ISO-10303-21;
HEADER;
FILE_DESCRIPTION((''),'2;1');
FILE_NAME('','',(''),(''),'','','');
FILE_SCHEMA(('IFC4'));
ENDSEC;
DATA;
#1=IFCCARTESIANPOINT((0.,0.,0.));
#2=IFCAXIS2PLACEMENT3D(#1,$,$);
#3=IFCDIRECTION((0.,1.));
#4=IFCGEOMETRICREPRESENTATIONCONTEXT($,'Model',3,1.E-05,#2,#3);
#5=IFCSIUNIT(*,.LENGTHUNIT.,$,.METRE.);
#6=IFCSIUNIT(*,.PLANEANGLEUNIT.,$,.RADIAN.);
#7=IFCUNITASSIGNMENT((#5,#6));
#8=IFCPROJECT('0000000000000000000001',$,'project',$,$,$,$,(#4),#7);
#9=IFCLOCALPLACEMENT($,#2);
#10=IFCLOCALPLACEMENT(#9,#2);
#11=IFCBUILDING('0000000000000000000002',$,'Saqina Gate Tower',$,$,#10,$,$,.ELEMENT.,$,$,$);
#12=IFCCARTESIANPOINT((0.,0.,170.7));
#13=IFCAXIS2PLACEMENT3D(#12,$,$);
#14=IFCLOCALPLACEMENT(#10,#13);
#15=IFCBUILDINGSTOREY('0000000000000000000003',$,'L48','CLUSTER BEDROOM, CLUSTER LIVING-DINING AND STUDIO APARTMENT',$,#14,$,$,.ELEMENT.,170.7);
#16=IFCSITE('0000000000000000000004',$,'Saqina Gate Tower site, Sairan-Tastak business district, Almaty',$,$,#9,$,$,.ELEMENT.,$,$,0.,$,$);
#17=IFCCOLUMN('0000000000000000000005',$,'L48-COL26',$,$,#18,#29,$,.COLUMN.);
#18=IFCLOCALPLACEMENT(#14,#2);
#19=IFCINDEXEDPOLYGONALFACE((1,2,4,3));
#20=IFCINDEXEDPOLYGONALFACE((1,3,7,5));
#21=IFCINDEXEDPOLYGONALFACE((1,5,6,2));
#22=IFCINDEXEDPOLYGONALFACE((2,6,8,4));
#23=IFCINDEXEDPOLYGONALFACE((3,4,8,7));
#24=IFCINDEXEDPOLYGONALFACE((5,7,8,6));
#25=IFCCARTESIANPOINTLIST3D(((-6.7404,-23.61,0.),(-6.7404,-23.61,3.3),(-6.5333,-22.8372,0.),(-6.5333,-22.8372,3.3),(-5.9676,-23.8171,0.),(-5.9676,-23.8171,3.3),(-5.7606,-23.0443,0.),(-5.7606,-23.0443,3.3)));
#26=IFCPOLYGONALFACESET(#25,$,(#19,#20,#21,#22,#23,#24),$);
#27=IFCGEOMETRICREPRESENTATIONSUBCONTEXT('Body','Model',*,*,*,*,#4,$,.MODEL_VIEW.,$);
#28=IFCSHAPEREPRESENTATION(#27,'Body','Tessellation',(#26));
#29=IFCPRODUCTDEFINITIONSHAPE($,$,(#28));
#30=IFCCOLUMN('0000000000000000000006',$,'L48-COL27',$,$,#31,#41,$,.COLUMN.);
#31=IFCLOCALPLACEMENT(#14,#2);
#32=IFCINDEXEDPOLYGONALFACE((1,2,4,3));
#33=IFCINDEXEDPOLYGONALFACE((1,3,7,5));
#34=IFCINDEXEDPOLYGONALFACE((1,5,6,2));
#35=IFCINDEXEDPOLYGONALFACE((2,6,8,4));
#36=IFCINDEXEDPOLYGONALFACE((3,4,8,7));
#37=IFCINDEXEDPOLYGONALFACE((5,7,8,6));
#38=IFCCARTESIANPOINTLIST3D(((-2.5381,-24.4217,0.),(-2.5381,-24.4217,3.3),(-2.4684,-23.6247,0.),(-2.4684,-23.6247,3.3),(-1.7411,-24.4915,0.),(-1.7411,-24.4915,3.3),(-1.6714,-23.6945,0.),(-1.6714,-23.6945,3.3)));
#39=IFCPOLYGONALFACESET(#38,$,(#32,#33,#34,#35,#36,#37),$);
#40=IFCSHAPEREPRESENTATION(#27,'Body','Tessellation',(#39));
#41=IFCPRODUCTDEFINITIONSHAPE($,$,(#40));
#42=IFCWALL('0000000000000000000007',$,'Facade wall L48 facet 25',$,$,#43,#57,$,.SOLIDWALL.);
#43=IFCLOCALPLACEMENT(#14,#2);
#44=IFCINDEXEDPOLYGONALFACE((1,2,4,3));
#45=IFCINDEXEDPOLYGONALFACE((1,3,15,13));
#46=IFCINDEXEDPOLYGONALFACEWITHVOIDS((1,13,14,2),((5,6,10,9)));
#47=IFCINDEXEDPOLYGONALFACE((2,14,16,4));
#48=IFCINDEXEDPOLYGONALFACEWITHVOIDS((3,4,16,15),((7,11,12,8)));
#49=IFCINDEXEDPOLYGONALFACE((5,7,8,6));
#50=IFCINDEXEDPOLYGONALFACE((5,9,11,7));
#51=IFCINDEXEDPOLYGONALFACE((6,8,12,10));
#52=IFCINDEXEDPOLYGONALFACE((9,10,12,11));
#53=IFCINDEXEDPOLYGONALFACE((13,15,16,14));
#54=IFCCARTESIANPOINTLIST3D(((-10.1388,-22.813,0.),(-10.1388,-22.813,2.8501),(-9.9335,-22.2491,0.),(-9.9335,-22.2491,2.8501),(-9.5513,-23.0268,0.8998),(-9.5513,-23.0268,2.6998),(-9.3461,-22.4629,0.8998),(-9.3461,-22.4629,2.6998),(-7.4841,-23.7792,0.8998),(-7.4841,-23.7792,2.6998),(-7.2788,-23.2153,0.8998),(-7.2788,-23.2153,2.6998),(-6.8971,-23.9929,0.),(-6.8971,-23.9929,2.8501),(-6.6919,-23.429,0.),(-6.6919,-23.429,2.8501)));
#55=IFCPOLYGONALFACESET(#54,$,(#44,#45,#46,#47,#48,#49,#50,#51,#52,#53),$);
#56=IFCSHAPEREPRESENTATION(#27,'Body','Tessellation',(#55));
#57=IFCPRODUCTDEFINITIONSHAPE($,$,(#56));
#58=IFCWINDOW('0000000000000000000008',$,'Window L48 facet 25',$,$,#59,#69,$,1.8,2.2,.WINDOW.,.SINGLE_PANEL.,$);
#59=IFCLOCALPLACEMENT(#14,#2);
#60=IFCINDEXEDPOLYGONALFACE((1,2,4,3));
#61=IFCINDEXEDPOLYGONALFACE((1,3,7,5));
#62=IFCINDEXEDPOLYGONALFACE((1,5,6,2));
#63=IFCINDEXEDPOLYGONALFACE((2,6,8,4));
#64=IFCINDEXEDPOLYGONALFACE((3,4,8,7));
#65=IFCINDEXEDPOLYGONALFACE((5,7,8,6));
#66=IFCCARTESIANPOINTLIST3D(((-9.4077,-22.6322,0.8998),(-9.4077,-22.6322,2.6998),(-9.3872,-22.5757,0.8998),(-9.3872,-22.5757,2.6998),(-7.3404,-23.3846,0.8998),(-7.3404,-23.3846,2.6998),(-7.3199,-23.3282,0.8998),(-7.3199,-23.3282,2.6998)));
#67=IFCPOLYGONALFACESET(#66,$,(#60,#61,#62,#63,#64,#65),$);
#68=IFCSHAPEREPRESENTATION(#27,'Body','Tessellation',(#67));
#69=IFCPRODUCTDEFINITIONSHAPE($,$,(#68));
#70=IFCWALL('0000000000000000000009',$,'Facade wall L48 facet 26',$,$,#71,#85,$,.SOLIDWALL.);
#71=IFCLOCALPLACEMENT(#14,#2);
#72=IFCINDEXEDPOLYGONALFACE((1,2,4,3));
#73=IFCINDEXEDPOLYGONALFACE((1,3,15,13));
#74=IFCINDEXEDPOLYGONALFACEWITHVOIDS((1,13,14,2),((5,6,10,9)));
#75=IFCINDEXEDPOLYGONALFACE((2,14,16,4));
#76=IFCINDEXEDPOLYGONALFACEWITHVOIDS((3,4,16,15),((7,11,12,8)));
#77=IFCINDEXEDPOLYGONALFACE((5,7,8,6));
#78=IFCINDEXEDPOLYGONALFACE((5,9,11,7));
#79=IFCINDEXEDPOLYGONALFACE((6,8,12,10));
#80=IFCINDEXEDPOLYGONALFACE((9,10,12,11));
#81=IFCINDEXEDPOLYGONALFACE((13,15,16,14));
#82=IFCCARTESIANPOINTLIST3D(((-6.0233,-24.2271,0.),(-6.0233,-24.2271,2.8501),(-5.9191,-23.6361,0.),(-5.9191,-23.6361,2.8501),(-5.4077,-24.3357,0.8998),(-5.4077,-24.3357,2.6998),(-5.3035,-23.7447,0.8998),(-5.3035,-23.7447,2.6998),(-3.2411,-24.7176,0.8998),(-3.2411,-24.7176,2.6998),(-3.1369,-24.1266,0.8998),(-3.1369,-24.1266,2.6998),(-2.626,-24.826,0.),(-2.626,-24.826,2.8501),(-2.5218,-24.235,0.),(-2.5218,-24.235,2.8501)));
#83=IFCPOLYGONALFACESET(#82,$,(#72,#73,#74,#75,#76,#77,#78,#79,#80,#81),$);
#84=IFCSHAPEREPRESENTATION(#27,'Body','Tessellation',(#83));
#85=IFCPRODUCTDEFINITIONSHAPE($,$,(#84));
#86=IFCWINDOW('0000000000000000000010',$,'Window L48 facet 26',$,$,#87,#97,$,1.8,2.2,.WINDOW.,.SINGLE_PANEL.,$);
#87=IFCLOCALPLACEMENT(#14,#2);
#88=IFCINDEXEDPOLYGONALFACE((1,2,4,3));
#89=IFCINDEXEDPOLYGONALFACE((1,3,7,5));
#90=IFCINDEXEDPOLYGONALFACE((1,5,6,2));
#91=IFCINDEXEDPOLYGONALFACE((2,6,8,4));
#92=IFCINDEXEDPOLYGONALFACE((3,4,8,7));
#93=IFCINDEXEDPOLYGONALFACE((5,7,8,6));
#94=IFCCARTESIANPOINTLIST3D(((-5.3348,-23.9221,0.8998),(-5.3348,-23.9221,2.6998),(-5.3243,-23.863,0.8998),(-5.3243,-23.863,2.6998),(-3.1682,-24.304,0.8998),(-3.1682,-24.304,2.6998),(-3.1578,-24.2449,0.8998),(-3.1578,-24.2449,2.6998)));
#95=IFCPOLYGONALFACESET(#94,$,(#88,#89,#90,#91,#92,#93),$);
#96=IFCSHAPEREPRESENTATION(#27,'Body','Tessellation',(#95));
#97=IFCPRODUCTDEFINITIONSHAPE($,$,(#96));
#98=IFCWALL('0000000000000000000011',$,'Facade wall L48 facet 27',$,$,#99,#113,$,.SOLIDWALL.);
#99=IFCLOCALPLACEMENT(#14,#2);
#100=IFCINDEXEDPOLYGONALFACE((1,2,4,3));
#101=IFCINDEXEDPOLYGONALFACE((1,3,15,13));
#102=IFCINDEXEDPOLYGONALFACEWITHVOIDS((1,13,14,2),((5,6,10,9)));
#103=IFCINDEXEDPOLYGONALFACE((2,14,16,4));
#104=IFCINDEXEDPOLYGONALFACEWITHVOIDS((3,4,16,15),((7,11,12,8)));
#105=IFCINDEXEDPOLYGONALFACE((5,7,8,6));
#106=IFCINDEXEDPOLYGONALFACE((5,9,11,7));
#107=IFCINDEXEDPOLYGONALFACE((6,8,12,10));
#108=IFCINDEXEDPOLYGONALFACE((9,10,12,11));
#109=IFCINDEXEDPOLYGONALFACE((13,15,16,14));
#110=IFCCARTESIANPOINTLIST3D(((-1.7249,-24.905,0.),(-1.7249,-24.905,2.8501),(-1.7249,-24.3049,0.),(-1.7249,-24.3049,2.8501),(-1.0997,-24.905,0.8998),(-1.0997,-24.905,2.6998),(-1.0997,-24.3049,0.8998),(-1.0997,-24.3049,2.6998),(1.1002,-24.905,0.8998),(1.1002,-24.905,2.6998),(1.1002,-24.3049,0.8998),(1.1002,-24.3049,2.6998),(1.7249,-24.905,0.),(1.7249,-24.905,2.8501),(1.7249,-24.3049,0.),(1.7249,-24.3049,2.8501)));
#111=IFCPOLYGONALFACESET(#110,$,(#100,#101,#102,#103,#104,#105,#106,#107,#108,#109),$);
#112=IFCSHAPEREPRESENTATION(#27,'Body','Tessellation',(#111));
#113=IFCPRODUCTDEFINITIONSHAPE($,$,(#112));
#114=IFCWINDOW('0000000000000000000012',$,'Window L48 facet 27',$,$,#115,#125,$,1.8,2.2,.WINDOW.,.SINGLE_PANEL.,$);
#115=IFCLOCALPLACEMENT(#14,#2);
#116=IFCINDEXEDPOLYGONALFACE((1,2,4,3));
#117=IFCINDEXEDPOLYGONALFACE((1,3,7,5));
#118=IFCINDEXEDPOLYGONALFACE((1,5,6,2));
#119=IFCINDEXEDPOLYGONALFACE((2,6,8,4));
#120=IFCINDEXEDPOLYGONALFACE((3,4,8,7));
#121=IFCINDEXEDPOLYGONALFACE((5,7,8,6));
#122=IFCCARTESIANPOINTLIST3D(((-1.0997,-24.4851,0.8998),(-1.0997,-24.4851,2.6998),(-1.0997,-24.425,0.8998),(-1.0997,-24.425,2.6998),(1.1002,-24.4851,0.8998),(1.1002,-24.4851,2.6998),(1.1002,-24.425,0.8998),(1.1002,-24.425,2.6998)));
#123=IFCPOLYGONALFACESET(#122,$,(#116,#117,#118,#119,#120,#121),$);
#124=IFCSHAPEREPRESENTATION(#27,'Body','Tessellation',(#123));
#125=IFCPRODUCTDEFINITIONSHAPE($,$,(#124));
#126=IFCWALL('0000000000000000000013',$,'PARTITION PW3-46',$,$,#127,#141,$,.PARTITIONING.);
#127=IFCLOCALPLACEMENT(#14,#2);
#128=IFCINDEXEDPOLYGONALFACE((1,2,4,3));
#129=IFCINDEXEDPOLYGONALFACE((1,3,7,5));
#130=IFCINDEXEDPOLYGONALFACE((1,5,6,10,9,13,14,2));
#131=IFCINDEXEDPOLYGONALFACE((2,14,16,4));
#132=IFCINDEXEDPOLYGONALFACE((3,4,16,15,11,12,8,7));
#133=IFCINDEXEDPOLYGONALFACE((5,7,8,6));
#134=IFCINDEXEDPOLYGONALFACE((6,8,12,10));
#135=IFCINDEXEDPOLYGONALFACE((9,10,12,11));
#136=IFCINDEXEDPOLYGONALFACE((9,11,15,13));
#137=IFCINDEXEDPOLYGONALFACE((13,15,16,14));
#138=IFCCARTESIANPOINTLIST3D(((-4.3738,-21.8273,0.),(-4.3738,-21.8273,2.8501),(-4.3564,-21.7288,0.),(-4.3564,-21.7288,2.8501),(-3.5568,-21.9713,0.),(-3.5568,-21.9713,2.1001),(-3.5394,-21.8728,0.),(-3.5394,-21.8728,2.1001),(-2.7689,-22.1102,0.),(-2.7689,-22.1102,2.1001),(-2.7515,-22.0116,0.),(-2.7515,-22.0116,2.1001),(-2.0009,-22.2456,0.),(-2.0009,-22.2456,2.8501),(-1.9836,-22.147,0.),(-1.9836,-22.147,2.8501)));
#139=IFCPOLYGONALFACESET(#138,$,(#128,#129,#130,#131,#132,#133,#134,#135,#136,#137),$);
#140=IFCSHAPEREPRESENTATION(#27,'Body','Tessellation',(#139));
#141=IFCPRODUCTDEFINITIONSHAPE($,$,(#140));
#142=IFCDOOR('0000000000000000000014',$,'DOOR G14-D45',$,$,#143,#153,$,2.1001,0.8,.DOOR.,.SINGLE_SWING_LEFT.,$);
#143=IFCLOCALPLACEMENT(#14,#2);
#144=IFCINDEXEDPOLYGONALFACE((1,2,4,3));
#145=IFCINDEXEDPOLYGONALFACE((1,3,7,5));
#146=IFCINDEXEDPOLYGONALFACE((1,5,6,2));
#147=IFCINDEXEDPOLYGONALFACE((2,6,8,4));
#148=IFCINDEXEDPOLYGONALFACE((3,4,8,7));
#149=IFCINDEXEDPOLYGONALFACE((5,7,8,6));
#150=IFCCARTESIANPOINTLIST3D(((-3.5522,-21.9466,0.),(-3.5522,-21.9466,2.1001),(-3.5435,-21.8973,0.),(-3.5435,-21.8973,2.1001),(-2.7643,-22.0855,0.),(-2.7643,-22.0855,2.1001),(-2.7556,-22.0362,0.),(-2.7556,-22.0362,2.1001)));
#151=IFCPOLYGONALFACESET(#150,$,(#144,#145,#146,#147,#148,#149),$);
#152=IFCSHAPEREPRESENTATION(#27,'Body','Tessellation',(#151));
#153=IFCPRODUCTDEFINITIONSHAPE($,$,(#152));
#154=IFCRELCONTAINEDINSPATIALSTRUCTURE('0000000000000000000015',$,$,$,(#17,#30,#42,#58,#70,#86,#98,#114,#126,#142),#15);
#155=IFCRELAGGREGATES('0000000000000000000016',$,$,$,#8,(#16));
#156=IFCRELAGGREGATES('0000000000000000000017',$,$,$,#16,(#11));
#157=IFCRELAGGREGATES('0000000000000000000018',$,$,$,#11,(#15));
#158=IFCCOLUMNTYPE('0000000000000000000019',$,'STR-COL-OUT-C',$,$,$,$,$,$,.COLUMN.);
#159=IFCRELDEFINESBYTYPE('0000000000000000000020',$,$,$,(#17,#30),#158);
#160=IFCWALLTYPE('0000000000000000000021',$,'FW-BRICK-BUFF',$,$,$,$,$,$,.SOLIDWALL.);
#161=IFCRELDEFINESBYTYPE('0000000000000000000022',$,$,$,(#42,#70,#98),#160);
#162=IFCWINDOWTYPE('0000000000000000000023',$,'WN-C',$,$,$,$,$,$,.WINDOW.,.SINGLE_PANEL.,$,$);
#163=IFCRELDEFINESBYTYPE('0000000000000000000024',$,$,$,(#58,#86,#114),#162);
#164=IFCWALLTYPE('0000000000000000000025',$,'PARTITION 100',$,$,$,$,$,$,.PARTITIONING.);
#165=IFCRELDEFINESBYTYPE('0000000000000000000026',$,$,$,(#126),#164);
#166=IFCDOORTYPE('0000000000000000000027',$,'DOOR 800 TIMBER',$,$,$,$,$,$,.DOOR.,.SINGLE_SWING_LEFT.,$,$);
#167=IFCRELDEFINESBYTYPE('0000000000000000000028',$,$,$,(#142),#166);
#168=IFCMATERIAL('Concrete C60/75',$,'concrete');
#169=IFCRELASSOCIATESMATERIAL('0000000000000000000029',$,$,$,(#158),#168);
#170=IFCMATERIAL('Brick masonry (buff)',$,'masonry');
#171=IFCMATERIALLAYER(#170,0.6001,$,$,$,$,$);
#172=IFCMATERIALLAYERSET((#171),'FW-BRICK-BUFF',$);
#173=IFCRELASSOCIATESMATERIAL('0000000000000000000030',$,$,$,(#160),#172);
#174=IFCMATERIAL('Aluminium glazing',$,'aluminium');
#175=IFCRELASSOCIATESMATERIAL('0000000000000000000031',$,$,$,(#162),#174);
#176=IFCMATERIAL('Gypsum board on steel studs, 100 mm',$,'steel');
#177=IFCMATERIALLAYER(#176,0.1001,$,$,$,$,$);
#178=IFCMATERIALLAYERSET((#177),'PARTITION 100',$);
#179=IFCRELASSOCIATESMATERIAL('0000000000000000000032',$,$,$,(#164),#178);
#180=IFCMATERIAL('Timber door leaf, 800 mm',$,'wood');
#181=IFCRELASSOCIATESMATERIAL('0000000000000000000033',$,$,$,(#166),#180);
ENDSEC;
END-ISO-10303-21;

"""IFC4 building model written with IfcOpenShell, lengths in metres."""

from ifc_helpers import new_model, si_unit, direction, frame, frame_2d, origin, origin_2d, place, context, subcontext, project, spatial, rectangle, extrude, material, layer, layer_set, material_profile, profile_set, type_object, element, fill, save


model = new_model("IFC4")

# Units and contexts
model_context = context("Model", 3, precision=1e-05, world=origin(), true_north=direction((0.0, 1.0)))
body_context = subcontext(model_context, "Body", "Model", "MODEL_VIEW")
ifc_project = project(units=[si_unit("LENGTHUNIT", "METRE"), si_unit("PLANEANGLEUNIT", "RADIAN")], contexts=[model_context])

# Site, building, storey
site_placement = place(None, origin())
site = spatial("IfcSite", under=ifc_project, at=site_placement, Name="Saqina Gate Tower site, Sairan-Tastak business district, Almaty", CompositionType="ELEMENT", RefElevation=0.0)
building_placement = place(site_placement, origin())
building = spatial("IfcBuilding", under=site, at=building_placement, Name="Saqina Gate Tower", CompositionType="ELEMENT")
storey_placement = place(building_placement, frame((0.0, 0.0, 170.7)))
storey = spatial("IfcBuildingStorey", under=building, at=storey_placement, Name="L48", Description="CLUSTER BEDROOM, CLUSTER LIVING-DINING AND STUDIO APARTMENT", CompositionType="ELEMENT", Elevation=170.7)

# Columns
ifc_material_1 = material(Name="Concrete C60/75", Category="concrete")
ifc_material_profile = material_profile(ifc_material_1, rectangle(XDim=0.8, YDim=0.8, at=origin_2d()), Name="RC 800x800")
ifc_profile_set = profile_set([ifc_material_profile], Name="Concrete C60/75")
column_type = type_object("IfcColumnType", Name="STR-COL-OUT-C", PredefinedType="COLUMN", material=ifc_profile_set)
for number, where, z_axis, x_axis, name in (
    (1, (-6.2505, -23.3271, 0.0), (0.0, 0.0, 1.0), (-0.258819, -0.965926, 0.0), "L48-COL26"),
    (2, (-2.1047, -24.0581, 0.0), (0.0, 0.0, 1.0), (-0.087156, -0.996195, 0.0), "L48-COL27"),
):
    element("IfcColumn", number, at=place(storey_placement, frame(where, z_axis=z_axis, x_axis=x_axis)), inside=storey, type_object=column_type, Name=name, PredefinedType="COLUMN", context=body_context, shape_type="SweptSolid", body=[
        extrude(rectangle(XDim=0.8, YDim=0.8, at=origin_2d()), origin(), (0.0, 0.0, 1.0), 3.3),
    ])

# Walls, openings, windows
ifc_material_2 = material(Name="Brick masonry (buff)", Category="masonry")
ifc_layer_1 = layer(ifc_material_2, 0.6001)
ifc_layer_set_1 = layer_set([ifc_layer_1], Name="FW-BRICK-BUFF")
wall_type_1 = type_object("IfcWallType", Name="FW-BRICK-BUFF", PredefinedType="SOLIDWALL", material=ifc_layer_set_1)
wall_1_placement = place(storey_placement, frame((-10.0361, -22.531, 0.0), z_axis=(0.0, 0.0, 1.0), x_axis=(0.939688, -0.342033, 0.0)))
wall_1 = element("IfcWall", 3, at=wall_1_placement, inside=storey, type_object=wall_type_1, Name="Facade wall L48 facet 25", PredefinedType="SOLIDWALL", context=body_context, shape_type="SweptSolid", body=[
    extrude(rectangle(XDim=3.4497, YDim=0.6001, at=frame_2d((1.7249, 0.0))), origin(), (0.0, 0.0, 1.0), 2.8501),
])
opening_1_placement = place(wall_1_placement, frame((0.625, 0.0, 0.8999)))
opening_1 = element("IfcOpeningElement", 4, at=opening_1_placement, cuts=wall_1, PredefinedType="OPENING", context=body_context, shape_type="SweptSolid", body=[
    extrude(rectangle(XDim=2.2, YDim=1.8, at=frame_2d((1.1001, 0.8999))), frame((0.0, 0.312, 0.0), z_axis=(0.0, -1.0, 0.0), x_axis=(1.0, 0.0, 0.0)), (0.0, 0.0, 1.0), 0.624),
])
ifc_material_3 = material(Name="Aluminium glazing", Category="aluminium")
window_type = type_object("IfcWindowType", Name="WN-C", PartitioningType="SINGLE_PANEL", PredefinedType="WINDOW", material=ifc_material_3)
window_1_placement = place(opening_1_placement, origin())
window_1 = element("IfcWindow", 5, at=window_1_placement, inside=storey, type_object=window_type, Name="Window L48 facet 25", OverallHeight=1.8, OverallWidth=2.2, PartitioningType="SINGLE_PANEL", PredefinedType="WINDOW", context=body_context, shape_type="SweptSolid", body=[
    extrude(rectangle(XDim=2.2, YDim=1.8, at=frame_2d((1.1001, 0.8999))), frame((0.0, 0.1799, 0.0), z_axis=(0.0, -1.0, 0.0), x_axis=(1.0, 0.0, 0.0)), (0.0, 0.0, 1.0), 0.0601),
])
fill(opening_1, window_1)
wall_2_placement = place(storey_placement, frame((-5.9712, -23.9316, 0.0), z_axis=(0.0, 0.0, 1.0), x_axis=(0.984815, -0.173608, 0.0)))
wall_2 = element("IfcWall", 6, at=wall_2_placement, inside=storey, type_object=wall_type_1, Name="Facade wall L48 facet 26", PredefinedType="SOLIDWALL", context=body_context, shape_type="SweptSolid", body=[
    extrude(rectangle(XDim=3.4497, YDim=0.6001, at=frame_2d((1.7249, 0.0))), origin(), (0.0, 0.0, 1.0), 2.8501),
])
opening_2_placement = place(wall_2_placement, frame((0.625, 0.0, 0.8999)))
opening_2 = element("IfcOpeningElement", 7, at=opening_2_placement, cuts=wall_2, PredefinedType="OPENING", context=body_context, shape_type="SweptSolid", body=[
    extrude(rectangle(XDim=2.2, YDim=1.8, at=frame_2d((1.1001, 0.8999))), frame((0.0, 0.312, 0.0), z_axis=(0.0, -1.0, 0.0), x_axis=(1.0, 0.0, 0.0)), (0.0, 0.0, 1.0), 0.624),
])
window_2_placement = place(opening_2_placement, origin())
window_2 = element("IfcWindow", 8, at=window_2_placement, inside=storey, type_object=window_type, Name="Window L48 facet 26", OverallHeight=1.8, OverallWidth=2.2, PartitioningType="SINGLE_PANEL", PredefinedType="WINDOW", context=body_context, shape_type="SweptSolid", body=[
    extrude(rectangle(XDim=2.2, YDim=1.8, at=frame_2d((1.1001, 0.8999))), frame((0.0, 0.1799, 0.0), z_axis=(0.0, -1.0, 0.0), x_axis=(1.0, 0.0, 0.0)), (0.0, 0.0, 1.0), 0.0601),
])
fill(opening_2, window_2)
wall_3_placement = place(storey_placement, frame((-1.7249, -24.605, 0.0), z_axis=(0.0, 0.0, 1.0), x_axis=(1.0, 0.0, 0.0)))
wall_3 = element("IfcWall", 9, at=wall_3_placement, inside=storey, type_object=wall_type_1, Name="Facade wall L48 facet 27", PredefinedType="SOLIDWALL", context=body_context, shape_type="SweptSolid", body=[
    extrude(rectangle(XDim=3.4497, YDim=0.6001, at=frame_2d((1.7249, 0.0))), origin(), (0.0, 0.0, 1.0), 2.8501),
])
opening_3_placement = place(wall_3_placement, frame((0.625, 0.0, 0.8999)))
opening_3 = element("IfcOpeningElement", 10, at=opening_3_placement, cuts=wall_3, PredefinedType="OPENING", context=body_context, shape_type="SweptSolid", body=[
    extrude(rectangle(XDim=2.2, YDim=1.8, at=frame_2d((1.1001, 0.8999))), frame((0.0, 0.312, 0.0), z_axis=(0.0, -1.0, 0.0), x_axis=(1.0, 0.0, 0.0)), (0.0, 0.0, 1.0), 0.624),
])
window_3_placement = place(opening_3_placement, origin())
window_3 = element("IfcWindow", 11, at=window_3_placement, inside=storey, type_object=window_type, Name="Window L48 facet 27", OverallHeight=1.8, OverallWidth=2.2, PartitioningType="SINGLE_PANEL", PredefinedType="WINDOW", context=body_context, shape_type="SweptSolid", body=[
    extrude(rectangle(XDim=2.2, YDim=1.8, at=frame_2d((1.1001, 0.8999))), frame((0.0, 0.1799, 0.0), z_axis=(0.0, -1.0, 0.0), x_axis=(1.0, 0.0, 0.0)), (0.0, 0.0, 1.0), 0.0601),
])
fill(opening_3, window_3)

# Wall, opening, door
ifc_material_4 = material(Name="Gypsum board on steel studs, 100 mm", Category="steel")
ifc_layer_2 = layer(ifc_material_4, 0.1001)
ifc_layer_set_2 = layer_set([ifc_layer_2], Name="PARTITION 100")
wall_type_2 = type_object("IfcWallType", Name="PARTITION 100", PredefinedType="PARTITIONING", material=ifc_layer_set_2)
wall_4_placement = place(storey_placement, frame((-4.365, -21.7781, 0.0), z_axis=(0.0, 0.0, 1.0), x_axis=(0.98482, -0.173577, 0.0)))
wall_4 = element("IfcWall", 12, at=wall_4_placement, inside=storey, type_object=wall_type_2, Name="PARTITION PW3-46", PredefinedType="PARTITIONING", context=body_context, shape_type="SweptSolid", body=[
    extrude(rectangle(XDim=2.4094, YDim=0.1001, at=frame_2d((1.2046, 0.0))), origin(), (0.0, 0.0, 1.0), 2.8501),
])
opening_4_placement = place(wall_4_placement, frame((0.8296, 0.0, 0.0)))
opening_4 = element("IfcOpeningElement", 13, at=opening_4_placement, cuts=wall_4, PredefinedType="OPENING", context=body_context, shape_type="SweptSolid", body=[
    extrude(rectangle(XDim=0.8, YDim=2.1001, at=frame_2d((0.3999, 1.05))), frame((0.0, 0.062, 0.0), z_axis=(0.0, -1.0, 0.0), x_axis=(1.0, 0.0, 0.0)), (0.0, 0.0, 1.0), 0.124),
])
ifc_material_5 = material(Name="Timber door leaf, 800 mm", Category="wood")
door_type = type_object("IfcDoorType", Name="DOOR 800 TIMBER", OperationType="SINGLE_SWING_LEFT", PredefinedType="DOOR", material=ifc_material_5)
door_1_placement = place(opening_4_placement, frame((0.8, 0.0, 0.0), z_axis=(0.0, 0.0, 1.0), x_axis=(-1.0, 0.0, 0.0)))
door_1 = element("IfcDoor", 14, at=door_1_placement, inside=storey, type_object=door_type, Name="DOOR G14-D45", OperationType="SINGLE_SWING_LEFT", OverallHeight=2.1001, OverallWidth=0.8, PredefinedType="DOOR", context=body_context, shape_type="SweptSolid", body=[
    extrude(rectangle(XDim=0.8, YDim=2.1001, at=frame_2d((0.3999, 1.05))), frame((0.0, 0.0249, 0.0), z_axis=(0.0, -1.0, 0.0), x_axis=(1.0, 0.0, 0.0)), (0.0, 0.0, 1.0), 0.05),
])
fill(opening_4, door_1)

save(model, "model.ifc")
